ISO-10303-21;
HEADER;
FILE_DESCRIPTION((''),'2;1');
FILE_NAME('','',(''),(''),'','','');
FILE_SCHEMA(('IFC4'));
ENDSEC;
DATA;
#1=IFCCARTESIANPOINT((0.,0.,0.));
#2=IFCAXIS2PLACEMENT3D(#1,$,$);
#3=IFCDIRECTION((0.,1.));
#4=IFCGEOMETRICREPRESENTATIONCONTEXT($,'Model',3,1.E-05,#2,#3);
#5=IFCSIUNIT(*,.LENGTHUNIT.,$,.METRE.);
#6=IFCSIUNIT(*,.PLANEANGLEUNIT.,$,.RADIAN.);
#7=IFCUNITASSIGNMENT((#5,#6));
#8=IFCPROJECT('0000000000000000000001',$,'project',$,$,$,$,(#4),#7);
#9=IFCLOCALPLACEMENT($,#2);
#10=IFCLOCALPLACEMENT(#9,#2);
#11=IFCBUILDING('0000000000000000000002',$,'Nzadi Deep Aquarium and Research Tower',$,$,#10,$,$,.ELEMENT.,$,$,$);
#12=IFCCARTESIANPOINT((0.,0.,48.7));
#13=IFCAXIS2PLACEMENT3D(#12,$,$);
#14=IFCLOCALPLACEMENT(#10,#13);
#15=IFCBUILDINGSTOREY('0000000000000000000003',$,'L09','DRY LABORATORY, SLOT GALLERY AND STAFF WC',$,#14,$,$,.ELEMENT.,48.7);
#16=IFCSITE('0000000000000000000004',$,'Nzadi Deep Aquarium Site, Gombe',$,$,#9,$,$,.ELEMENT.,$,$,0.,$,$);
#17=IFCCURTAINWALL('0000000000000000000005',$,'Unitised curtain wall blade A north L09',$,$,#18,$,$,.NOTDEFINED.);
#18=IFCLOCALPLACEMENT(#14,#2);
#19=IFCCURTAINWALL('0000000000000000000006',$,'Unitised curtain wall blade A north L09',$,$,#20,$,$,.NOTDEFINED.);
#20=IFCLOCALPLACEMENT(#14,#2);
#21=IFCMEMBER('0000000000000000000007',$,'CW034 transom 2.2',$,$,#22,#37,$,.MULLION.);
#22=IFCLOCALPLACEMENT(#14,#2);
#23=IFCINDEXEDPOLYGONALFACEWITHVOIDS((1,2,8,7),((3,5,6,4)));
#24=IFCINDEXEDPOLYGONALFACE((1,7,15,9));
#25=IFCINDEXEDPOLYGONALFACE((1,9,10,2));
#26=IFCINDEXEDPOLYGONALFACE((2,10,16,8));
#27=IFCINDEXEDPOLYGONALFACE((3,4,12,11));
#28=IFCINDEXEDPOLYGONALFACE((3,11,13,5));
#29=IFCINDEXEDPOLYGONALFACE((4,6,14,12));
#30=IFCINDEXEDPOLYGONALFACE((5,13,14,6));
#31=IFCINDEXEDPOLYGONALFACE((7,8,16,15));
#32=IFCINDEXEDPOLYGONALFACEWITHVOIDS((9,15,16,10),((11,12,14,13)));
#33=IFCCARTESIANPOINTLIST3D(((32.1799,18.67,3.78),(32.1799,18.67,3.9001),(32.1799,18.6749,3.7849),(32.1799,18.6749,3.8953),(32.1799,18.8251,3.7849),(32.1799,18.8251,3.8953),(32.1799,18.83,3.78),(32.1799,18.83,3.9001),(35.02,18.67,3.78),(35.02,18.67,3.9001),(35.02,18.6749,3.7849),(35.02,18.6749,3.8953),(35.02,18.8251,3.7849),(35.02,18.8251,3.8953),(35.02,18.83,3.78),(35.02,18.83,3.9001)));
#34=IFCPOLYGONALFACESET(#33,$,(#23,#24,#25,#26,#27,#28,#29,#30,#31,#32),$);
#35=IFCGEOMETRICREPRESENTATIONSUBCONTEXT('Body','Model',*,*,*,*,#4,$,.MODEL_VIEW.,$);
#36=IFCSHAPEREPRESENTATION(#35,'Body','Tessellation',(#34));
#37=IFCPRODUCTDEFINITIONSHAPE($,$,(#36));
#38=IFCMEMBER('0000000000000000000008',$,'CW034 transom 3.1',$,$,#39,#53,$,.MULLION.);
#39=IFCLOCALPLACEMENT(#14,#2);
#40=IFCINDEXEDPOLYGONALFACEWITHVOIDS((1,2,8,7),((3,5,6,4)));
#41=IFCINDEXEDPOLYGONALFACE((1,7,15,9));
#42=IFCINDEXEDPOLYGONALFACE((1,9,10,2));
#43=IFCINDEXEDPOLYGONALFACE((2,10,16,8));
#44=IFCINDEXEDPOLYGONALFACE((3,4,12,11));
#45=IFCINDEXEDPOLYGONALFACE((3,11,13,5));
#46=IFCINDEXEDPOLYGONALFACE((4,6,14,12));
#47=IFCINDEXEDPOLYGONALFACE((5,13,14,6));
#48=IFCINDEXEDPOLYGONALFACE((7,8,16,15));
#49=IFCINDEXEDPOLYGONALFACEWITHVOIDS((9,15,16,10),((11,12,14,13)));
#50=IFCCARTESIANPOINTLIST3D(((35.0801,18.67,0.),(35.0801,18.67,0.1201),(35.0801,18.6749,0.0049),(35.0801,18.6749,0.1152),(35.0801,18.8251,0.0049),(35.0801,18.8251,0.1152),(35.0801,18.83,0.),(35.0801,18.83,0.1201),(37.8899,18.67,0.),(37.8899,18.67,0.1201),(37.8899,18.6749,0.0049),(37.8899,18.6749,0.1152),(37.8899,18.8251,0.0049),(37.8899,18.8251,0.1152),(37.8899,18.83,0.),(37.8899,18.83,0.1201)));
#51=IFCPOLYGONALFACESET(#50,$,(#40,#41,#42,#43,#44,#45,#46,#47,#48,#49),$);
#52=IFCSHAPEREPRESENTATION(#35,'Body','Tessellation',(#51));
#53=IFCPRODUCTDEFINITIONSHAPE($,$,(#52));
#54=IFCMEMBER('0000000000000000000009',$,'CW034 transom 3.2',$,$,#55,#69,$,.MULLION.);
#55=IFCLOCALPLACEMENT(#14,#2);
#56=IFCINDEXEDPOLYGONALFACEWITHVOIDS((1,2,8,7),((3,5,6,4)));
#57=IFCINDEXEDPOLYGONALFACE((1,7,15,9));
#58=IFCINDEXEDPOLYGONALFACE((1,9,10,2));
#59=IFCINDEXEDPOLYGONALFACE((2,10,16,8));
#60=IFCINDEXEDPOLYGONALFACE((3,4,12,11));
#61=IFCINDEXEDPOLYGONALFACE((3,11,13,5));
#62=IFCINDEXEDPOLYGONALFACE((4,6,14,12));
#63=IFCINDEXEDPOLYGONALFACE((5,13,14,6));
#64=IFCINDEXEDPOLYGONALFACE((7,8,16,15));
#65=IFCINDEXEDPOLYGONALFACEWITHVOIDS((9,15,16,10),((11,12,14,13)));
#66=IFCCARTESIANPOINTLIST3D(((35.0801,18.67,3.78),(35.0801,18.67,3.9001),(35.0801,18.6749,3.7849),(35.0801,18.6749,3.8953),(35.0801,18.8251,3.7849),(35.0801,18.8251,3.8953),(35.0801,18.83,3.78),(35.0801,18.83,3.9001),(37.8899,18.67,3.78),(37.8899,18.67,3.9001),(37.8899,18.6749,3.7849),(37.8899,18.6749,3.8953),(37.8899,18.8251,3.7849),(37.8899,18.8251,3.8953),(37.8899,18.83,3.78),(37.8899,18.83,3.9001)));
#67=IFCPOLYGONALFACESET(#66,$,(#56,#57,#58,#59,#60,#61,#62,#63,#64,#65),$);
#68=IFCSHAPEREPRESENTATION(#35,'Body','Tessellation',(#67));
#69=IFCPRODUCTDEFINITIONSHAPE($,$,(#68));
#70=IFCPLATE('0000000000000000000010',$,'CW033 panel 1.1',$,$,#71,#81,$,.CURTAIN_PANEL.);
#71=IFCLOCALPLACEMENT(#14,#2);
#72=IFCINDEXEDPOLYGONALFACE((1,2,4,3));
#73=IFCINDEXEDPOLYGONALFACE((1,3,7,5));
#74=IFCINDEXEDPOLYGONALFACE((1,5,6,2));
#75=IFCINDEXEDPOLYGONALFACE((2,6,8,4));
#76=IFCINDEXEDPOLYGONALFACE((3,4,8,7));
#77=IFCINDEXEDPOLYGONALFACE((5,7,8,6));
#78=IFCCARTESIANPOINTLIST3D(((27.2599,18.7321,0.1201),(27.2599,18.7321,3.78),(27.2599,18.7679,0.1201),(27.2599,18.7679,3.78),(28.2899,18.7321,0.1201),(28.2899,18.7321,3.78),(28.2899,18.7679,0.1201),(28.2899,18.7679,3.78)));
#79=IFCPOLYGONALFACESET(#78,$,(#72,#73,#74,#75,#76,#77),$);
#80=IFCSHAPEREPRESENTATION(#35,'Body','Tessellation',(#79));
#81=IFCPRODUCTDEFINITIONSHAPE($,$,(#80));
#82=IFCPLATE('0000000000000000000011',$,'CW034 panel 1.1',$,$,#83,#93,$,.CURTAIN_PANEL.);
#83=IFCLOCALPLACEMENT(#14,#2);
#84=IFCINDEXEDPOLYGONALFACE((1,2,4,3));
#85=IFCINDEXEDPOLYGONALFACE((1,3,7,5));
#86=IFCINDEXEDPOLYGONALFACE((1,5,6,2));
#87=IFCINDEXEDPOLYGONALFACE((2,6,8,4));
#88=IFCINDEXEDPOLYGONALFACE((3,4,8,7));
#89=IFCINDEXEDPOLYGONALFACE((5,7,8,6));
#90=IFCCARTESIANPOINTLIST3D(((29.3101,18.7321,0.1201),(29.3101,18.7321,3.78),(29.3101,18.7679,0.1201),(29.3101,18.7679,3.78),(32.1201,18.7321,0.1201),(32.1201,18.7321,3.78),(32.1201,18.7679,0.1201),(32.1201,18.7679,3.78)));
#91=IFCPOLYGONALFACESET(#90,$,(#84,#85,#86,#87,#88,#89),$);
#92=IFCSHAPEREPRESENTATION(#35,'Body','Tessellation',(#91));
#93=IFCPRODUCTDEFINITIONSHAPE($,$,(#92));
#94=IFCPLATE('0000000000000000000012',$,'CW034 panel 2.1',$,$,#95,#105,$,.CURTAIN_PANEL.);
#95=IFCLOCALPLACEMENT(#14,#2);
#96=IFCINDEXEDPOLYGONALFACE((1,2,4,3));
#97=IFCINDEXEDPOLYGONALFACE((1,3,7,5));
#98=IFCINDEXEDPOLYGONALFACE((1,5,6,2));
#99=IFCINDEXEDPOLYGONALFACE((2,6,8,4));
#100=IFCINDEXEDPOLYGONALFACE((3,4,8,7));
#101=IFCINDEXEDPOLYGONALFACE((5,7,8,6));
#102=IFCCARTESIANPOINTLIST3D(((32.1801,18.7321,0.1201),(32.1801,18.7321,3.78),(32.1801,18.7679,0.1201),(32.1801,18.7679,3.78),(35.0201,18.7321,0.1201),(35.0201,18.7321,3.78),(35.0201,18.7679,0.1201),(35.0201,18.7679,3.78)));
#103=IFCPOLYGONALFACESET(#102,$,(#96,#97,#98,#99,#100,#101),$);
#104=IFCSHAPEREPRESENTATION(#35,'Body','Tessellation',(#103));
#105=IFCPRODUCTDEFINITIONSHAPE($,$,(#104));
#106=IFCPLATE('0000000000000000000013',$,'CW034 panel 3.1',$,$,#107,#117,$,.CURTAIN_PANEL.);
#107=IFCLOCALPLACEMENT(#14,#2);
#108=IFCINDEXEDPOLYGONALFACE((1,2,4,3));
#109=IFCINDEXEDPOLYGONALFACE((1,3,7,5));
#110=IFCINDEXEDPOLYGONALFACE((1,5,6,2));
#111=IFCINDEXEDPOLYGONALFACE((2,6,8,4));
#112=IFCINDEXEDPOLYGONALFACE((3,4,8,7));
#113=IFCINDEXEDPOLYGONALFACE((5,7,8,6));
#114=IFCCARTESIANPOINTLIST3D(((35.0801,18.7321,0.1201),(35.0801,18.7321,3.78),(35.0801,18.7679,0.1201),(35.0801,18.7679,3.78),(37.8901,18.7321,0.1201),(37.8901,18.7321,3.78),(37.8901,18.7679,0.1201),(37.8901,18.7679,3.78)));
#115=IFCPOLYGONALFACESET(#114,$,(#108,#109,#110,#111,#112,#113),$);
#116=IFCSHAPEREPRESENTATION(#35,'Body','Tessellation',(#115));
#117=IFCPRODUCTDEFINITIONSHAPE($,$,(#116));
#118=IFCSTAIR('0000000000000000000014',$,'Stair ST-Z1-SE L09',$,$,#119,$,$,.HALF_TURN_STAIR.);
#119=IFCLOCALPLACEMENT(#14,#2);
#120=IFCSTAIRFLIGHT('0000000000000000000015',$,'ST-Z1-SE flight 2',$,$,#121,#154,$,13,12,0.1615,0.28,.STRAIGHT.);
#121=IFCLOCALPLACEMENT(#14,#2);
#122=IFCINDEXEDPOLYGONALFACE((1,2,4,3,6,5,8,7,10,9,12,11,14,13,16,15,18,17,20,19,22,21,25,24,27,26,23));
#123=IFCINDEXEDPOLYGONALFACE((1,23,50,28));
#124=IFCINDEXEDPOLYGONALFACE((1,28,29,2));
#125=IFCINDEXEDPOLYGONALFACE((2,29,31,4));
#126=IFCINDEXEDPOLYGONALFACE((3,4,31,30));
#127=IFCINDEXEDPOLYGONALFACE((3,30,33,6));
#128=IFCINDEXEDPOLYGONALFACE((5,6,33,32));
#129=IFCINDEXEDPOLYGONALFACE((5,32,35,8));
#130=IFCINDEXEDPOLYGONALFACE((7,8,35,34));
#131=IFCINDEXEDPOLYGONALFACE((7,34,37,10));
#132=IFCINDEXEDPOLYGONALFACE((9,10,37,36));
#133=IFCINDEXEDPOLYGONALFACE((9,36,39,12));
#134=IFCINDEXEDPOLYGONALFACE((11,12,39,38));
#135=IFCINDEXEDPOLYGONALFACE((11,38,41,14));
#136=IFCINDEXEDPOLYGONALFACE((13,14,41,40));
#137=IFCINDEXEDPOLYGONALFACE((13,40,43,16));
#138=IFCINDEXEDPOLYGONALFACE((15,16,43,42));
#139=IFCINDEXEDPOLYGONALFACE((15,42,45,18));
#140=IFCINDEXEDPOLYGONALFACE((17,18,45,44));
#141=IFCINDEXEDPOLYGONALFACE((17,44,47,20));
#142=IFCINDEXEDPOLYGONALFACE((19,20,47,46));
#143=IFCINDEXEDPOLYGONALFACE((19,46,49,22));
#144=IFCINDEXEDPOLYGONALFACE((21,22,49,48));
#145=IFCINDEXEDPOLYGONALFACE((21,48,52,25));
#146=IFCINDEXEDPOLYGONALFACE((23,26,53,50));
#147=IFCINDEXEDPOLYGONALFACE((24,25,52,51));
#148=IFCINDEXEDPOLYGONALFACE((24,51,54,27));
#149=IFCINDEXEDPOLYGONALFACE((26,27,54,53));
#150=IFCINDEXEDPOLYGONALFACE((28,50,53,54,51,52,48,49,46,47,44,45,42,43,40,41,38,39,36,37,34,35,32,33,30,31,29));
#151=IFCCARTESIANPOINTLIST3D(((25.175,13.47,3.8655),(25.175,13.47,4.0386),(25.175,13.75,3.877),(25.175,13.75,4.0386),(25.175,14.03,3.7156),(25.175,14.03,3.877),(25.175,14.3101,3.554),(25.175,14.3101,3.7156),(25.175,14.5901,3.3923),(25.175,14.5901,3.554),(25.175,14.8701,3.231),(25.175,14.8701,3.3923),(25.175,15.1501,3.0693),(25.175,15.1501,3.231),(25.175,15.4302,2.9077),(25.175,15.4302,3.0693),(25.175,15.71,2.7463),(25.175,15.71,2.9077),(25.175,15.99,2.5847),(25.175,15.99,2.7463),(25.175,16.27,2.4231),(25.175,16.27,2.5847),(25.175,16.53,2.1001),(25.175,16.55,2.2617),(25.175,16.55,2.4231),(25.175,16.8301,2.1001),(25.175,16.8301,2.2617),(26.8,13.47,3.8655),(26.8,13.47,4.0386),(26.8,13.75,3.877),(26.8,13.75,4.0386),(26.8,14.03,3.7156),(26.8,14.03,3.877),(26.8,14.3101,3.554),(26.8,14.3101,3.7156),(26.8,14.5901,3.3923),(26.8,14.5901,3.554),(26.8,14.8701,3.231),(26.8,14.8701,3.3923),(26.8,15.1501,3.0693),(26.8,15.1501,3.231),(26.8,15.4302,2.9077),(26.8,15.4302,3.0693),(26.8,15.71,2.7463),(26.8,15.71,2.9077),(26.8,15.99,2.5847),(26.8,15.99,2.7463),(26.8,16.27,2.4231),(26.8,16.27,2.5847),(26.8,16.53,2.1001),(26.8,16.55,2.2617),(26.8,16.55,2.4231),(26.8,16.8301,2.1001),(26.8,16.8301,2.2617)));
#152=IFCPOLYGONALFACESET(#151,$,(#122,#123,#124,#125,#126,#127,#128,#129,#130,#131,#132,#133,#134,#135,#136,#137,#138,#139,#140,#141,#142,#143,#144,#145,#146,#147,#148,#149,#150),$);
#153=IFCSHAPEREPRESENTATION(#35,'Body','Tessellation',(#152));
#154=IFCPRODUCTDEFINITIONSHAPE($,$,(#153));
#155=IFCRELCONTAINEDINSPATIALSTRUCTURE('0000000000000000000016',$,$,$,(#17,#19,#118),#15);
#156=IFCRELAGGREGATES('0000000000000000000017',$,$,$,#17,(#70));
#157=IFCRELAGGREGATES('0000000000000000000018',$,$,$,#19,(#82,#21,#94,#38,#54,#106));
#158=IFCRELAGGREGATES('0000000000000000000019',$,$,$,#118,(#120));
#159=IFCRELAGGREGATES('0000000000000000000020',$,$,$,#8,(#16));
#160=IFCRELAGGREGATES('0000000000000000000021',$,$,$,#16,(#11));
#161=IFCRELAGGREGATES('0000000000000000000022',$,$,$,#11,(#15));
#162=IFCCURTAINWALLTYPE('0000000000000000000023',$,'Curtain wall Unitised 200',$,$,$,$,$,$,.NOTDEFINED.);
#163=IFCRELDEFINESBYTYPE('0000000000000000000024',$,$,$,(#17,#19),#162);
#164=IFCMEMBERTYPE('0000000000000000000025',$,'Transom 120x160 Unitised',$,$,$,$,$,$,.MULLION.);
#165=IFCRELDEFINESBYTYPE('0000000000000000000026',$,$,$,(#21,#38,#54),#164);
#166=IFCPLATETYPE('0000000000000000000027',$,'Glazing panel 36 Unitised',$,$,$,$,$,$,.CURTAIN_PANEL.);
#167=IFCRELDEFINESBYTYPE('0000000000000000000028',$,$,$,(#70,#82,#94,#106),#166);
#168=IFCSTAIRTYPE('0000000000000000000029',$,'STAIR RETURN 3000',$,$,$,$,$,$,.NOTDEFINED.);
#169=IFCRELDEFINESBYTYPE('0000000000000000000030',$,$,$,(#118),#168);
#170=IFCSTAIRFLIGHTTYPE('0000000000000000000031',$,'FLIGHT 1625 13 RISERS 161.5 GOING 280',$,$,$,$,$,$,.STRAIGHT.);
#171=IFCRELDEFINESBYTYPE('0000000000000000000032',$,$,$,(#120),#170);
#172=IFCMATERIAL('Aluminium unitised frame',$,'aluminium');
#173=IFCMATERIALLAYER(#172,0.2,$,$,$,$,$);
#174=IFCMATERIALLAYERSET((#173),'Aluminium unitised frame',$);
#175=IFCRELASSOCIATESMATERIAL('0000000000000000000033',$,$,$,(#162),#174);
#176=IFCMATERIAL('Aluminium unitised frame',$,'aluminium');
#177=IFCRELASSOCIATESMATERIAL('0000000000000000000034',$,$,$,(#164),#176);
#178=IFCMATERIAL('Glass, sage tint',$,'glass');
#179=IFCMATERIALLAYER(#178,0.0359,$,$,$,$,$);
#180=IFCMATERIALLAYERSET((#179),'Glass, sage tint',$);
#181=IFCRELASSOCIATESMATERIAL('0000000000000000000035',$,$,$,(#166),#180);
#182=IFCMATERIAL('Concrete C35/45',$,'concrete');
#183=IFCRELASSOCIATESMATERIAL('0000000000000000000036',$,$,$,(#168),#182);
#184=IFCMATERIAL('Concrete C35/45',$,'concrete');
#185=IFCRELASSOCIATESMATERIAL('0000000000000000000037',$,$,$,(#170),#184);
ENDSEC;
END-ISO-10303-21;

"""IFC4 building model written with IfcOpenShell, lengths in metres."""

from ifc_helpers import new_model, si_unit, direction, frame, origin, origin_2d, place, context, subcontext, project, spatial, polyline, rectangle, hollow_rectangle, outline, extrude, material, layer, layer_set, material_profile, profile_set, type_object, element, aggregate, save


model = new_model("IFC4")

# Units and contexts
model_context = context("Model", 3, precision=1e-05, world=origin(), true_north=direction((0.0, 1.0)))
body_context = subcontext(model_context, "Body", "Model", "MODEL_VIEW")
ifc_project = project(units=[si_unit("LENGTHUNIT", "METRE"), si_unit("PLANEANGLEUNIT", "RADIAN")], contexts=[model_context])

# Site, building, storey
site_placement = place(None, origin())
site = spatial("IfcSite", under=ifc_project, at=site_placement, Name="Nzadi Deep Aquarium Site, Gombe", CompositionType="ELEMENT", RefElevation=0.0)
building_placement = place(site_placement, origin())
building = spatial("IfcBuilding", under=site, at=building_placement, Name="Nzadi Deep Aquarium and Research Tower", CompositionType="ELEMENT")
storey_placement = place(building_placement, frame((0.0, 0.0, 48.7)))
storey = spatial("IfcBuildingStorey", under=building, at=storey_placement, Name="L09", Description="DRY LABORATORY, SLOT GALLERY AND STAFF WC", CompositionType="ELEMENT", Elevation=48.7)

# Curtain walls
ifc_material_1 = material(Name="Aluminium unitised frame", Category="aluminium")
ifc_layer_1 = layer(ifc_material_1, 0.2)
ifc_layer_set_1 = layer_set([ifc_layer_1], Name="Aluminium unitised frame")
curtain_wall_type = type_object("IfcCurtainWallType", Name="Curtain wall Unitised 200", PredefinedType="NOTDEFINED", material=ifc_layer_set_1)
curtain_wall_1_placement = place(storey_placement, origin())
curtain_wall_1 = element("IfcCurtainWall", 1, at=curtain_wall_1_placement, inside=storey, type_object=curtain_wall_type, Name="Unitised curtain wall blade A north L09", PredefinedType="NOTDEFINED")
curtain_wall_2_placement = place(storey_placement, origin())
curtain_wall_2 = element("IfcCurtainWall", 2, at=curtain_wall_2_placement, inside=storey, type_object=curtain_wall_type, Name="Unitised curtain wall blade A north L09", PredefinedType="NOTDEFINED")

# Members
ifc_material_2 = material(Name="Aluminium unitised frame", Category="aluminium")
ifc_material_profile_1 = material_profile(ifc_material_2, hollow_rectangle(XDim=0.1599, YDim=0.1201, WallThickness=0.0049, at=origin_2d()))
ifc_profile_set_1 = profile_set([ifc_material_profile_1], Name="Aluminium unitised frame")
member_type_1 = type_object("IfcMemberType", Name="Transom 120x160 Unitised", PredefinedType="MULLION", material=ifc_profile_set_1)
member_1_placement = place(storey_placement, frame((32.1799, 18.75, 3.8401), z_axis=(1.0, 0.0, 0.0), x_axis=(0.0, 1.0, 0.0)))
member_1 = element("IfcMember", 3, at=member_1_placement, type_object=member_type_1, Name="CW034 transom 2.2", PredefinedType="MULLION", context=body_context, shape_type="SweptSolid", body=[
    extrude(hollow_rectangle(XDim=0.1599, YDim=0.1201, WallThickness=0.0049, at=origin_2d()), origin(), (0.0, 0.0, 1.0), 2.8401),
])
member_2_placement = place(storey_placement, frame((35.0801, 18.75, 0.0601), z_axis=(1.0, 0.0, 0.0), x_axis=(0.0, 1.0, 0.0)))
member_2 = element("IfcMember", 4, at=member_2_placement, type_object=member_type_1, Name="CW034 transom 3.1", PredefinedType="MULLION", context=body_context, shape_type="SweptSolid", body=[
    extrude(hollow_rectangle(XDim=0.1599, YDim=0.1201, WallThickness=0.0049, at=origin_2d()), origin(), (0.0, 0.0, 1.0), 2.8098),
])
member_3_placement = place(storey_placement, frame((35.0801, 18.75, 3.8401), z_axis=(1.0, 0.0, 0.0), x_axis=(0.0, 1.0, 0.0)))
member_3 = element("IfcMember", 5, at=member_3_placement, type_object=member_type_1, Name="CW034 transom 3.2", PredefinedType="MULLION", context=body_context, shape_type="SweptSolid", body=[
    extrude(hollow_rectangle(XDim=0.1599, YDim=0.1201, WallThickness=0.0049, at=origin_2d()), origin(), (0.0, 0.0, 1.0), 2.8098),
])

# Plates
ifc_material_3 = material(Name="Glass, sage tint", Category="glass")
ifc_layer_2 = layer(ifc_material_3, 0.0359)
ifc_layer_set_2 = layer_set([ifc_layer_2], Name="Glass, sage tint")
plate_type = type_object("IfcPlateType", Name="Glazing panel 36 Unitised", PredefinedType="CURTAIN_PANEL", material=ifc_layer_set_2)
plate_1_placement = place(storey_placement, frame((27.7749, 18.75, 0.1201), z_axis=(0.0, 0.0, 1.0), x_axis=(1.0, 0.0, 0.0)))
plate_1 = element("IfcPlate", 6, at=plate_1_placement, type_object=plate_type, Name="CW033 panel 1.1", PredefinedType="CURTAIN_PANEL", context=body_context, shape_type="SweptSolid", body=[
    extrude(rectangle(XDim=1.03, YDim=0.0359, at=origin_2d()), origin(), (0.0, 0.0, 1.0), 3.6599),
])
aggregate(curtain_wall_1, [plate_1])
plate_2_placement = place(storey_placement, frame((30.7151, 18.75, 0.1201), z_axis=(0.0, 0.0, 1.0), x_axis=(1.0, 0.0, 0.0)))
plate_2 = element("IfcPlate", 7, at=plate_2_placement, type_object=plate_type, Name="CW034 panel 1.1", PredefinedType="CURTAIN_PANEL", context=body_context, shape_type="SweptSolid", body=[
    extrude(rectangle(XDim=2.8101, YDim=0.0359, at=origin_2d()), origin(), (0.0, 0.0, 1.0), 3.6599),
])
plate_3_placement = place(storey_placement, frame((33.6001, 18.75, 0.1201), z_axis=(0.0, 0.0, 1.0), x_axis=(1.0, 0.0, 0.0)))
plate_3 = element("IfcPlate", 8, at=plate_3_placement, type_object=plate_type, Name="CW034 panel 2.1", PredefinedType="CURTAIN_PANEL", context=body_context, shape_type="SweptSolid", body=[
    extrude(rectangle(XDim=2.8401, YDim=0.0359, at=origin_2d()), origin(), (0.0, 0.0, 1.0), 3.6599),
])
plate_4_placement = place(storey_placement, frame((36.4851, 18.75, 0.1201), z_axis=(0.0, 0.0, 1.0), x_axis=(1.0, 0.0, 0.0)))
plate_4 = element("IfcPlate", 9, at=plate_4_placement, type_object=plate_type, Name="CW034 panel 3.1", PredefinedType="CURTAIN_PANEL", context=body_context, shape_type="SweptSolid", body=[
    extrude(rectangle(XDim=2.8101, YDim=0.0359, at=origin_2d()), origin(), (0.0, 0.0, 1.0), 3.6599),
])
aggregate(curtain_wall_2, [plate_2, member_1, plate_3, member_2, member_3, plate_4])

# Stair, stair flight
ifc_material_4 = material(Name="Concrete C35/45", Category="concrete")
stair_type = type_object("IfcStairType", Name="STAIR RETURN 3000", PredefinedType="NOTDEFINED", material=ifc_material_4)
stair_placement = place(storey_placement, origin())
stair = element("IfcStair", 10, at=stair_placement, inside=storey, type_object=stair_type, Name="Stair ST-Z1-SE L09", PredefinedType="HALF_TURN_STAIR")
ifc_material_5 = material(Name="Concrete C35/45", Category="concrete")
stair_flight_type = type_object("IfcStairFlightType", Name="FLIGHT 1625 13 RISERS 161.5 GOING 280", PredefinedType="STRAIGHT", material=ifc_material_5)
stair_flight_placement = place(storey_placement, frame((25.9875, 16.8301, 2.1001), z_axis=(0.0, 0.0, 1.0), x_axis=(0.0, -1.0, 0.0)))
stair_flight = element("IfcStairFlight", 11, at=stair_flight_placement, type_object=stair_flight_type, Name="ST-Z1-SE flight 2", NumberOfRisers=13, NumberOfTreads=12, PredefinedType="STRAIGHT", RiserHeight=0.1615, TreadLength=0.28, context=body_context, shape_type="SweptSolid", body=[
    extrude(outline(polyline([(0.0, 0.0), (0.0, 0.1616), (0.28, 0.1616), (0.28, 0.323), (0.5601, 0.323), (0.5601, 0.4846), (0.8401, 0.4846), (0.8401, 0.6462), (1.1201, 0.6462), (1.1201, 0.8076), (1.3999, 0.8076), (1.3999, 0.9692), (1.6799, 0.9692), (1.6799, 1.1309), (1.96, 1.1309), (1.96, 1.2922), (2.24, 1.2922), (2.24, 1.4539), (2.52, 1.4539), (2.52, 1.6155), (2.8, 1.6155), (2.8, 1.7769), (3.0801, 1.7769), (3.0801, 1.9385), (3.3601, 1.9385), (3.3601, 2.1001), (3.3601, 1.7654), (0.3, 0.0), (0.0, 0.0)])), frame((0.0, 0.8125, 0.0), z_axis=(0.0, -1.0, 0.0), x_axis=(1.0, 0.0, 0.0)), (0.0, 0.0, 1.0), 1.625),
])
aggregate(stair, [stair_flight])

save(model, "model.ifc")
